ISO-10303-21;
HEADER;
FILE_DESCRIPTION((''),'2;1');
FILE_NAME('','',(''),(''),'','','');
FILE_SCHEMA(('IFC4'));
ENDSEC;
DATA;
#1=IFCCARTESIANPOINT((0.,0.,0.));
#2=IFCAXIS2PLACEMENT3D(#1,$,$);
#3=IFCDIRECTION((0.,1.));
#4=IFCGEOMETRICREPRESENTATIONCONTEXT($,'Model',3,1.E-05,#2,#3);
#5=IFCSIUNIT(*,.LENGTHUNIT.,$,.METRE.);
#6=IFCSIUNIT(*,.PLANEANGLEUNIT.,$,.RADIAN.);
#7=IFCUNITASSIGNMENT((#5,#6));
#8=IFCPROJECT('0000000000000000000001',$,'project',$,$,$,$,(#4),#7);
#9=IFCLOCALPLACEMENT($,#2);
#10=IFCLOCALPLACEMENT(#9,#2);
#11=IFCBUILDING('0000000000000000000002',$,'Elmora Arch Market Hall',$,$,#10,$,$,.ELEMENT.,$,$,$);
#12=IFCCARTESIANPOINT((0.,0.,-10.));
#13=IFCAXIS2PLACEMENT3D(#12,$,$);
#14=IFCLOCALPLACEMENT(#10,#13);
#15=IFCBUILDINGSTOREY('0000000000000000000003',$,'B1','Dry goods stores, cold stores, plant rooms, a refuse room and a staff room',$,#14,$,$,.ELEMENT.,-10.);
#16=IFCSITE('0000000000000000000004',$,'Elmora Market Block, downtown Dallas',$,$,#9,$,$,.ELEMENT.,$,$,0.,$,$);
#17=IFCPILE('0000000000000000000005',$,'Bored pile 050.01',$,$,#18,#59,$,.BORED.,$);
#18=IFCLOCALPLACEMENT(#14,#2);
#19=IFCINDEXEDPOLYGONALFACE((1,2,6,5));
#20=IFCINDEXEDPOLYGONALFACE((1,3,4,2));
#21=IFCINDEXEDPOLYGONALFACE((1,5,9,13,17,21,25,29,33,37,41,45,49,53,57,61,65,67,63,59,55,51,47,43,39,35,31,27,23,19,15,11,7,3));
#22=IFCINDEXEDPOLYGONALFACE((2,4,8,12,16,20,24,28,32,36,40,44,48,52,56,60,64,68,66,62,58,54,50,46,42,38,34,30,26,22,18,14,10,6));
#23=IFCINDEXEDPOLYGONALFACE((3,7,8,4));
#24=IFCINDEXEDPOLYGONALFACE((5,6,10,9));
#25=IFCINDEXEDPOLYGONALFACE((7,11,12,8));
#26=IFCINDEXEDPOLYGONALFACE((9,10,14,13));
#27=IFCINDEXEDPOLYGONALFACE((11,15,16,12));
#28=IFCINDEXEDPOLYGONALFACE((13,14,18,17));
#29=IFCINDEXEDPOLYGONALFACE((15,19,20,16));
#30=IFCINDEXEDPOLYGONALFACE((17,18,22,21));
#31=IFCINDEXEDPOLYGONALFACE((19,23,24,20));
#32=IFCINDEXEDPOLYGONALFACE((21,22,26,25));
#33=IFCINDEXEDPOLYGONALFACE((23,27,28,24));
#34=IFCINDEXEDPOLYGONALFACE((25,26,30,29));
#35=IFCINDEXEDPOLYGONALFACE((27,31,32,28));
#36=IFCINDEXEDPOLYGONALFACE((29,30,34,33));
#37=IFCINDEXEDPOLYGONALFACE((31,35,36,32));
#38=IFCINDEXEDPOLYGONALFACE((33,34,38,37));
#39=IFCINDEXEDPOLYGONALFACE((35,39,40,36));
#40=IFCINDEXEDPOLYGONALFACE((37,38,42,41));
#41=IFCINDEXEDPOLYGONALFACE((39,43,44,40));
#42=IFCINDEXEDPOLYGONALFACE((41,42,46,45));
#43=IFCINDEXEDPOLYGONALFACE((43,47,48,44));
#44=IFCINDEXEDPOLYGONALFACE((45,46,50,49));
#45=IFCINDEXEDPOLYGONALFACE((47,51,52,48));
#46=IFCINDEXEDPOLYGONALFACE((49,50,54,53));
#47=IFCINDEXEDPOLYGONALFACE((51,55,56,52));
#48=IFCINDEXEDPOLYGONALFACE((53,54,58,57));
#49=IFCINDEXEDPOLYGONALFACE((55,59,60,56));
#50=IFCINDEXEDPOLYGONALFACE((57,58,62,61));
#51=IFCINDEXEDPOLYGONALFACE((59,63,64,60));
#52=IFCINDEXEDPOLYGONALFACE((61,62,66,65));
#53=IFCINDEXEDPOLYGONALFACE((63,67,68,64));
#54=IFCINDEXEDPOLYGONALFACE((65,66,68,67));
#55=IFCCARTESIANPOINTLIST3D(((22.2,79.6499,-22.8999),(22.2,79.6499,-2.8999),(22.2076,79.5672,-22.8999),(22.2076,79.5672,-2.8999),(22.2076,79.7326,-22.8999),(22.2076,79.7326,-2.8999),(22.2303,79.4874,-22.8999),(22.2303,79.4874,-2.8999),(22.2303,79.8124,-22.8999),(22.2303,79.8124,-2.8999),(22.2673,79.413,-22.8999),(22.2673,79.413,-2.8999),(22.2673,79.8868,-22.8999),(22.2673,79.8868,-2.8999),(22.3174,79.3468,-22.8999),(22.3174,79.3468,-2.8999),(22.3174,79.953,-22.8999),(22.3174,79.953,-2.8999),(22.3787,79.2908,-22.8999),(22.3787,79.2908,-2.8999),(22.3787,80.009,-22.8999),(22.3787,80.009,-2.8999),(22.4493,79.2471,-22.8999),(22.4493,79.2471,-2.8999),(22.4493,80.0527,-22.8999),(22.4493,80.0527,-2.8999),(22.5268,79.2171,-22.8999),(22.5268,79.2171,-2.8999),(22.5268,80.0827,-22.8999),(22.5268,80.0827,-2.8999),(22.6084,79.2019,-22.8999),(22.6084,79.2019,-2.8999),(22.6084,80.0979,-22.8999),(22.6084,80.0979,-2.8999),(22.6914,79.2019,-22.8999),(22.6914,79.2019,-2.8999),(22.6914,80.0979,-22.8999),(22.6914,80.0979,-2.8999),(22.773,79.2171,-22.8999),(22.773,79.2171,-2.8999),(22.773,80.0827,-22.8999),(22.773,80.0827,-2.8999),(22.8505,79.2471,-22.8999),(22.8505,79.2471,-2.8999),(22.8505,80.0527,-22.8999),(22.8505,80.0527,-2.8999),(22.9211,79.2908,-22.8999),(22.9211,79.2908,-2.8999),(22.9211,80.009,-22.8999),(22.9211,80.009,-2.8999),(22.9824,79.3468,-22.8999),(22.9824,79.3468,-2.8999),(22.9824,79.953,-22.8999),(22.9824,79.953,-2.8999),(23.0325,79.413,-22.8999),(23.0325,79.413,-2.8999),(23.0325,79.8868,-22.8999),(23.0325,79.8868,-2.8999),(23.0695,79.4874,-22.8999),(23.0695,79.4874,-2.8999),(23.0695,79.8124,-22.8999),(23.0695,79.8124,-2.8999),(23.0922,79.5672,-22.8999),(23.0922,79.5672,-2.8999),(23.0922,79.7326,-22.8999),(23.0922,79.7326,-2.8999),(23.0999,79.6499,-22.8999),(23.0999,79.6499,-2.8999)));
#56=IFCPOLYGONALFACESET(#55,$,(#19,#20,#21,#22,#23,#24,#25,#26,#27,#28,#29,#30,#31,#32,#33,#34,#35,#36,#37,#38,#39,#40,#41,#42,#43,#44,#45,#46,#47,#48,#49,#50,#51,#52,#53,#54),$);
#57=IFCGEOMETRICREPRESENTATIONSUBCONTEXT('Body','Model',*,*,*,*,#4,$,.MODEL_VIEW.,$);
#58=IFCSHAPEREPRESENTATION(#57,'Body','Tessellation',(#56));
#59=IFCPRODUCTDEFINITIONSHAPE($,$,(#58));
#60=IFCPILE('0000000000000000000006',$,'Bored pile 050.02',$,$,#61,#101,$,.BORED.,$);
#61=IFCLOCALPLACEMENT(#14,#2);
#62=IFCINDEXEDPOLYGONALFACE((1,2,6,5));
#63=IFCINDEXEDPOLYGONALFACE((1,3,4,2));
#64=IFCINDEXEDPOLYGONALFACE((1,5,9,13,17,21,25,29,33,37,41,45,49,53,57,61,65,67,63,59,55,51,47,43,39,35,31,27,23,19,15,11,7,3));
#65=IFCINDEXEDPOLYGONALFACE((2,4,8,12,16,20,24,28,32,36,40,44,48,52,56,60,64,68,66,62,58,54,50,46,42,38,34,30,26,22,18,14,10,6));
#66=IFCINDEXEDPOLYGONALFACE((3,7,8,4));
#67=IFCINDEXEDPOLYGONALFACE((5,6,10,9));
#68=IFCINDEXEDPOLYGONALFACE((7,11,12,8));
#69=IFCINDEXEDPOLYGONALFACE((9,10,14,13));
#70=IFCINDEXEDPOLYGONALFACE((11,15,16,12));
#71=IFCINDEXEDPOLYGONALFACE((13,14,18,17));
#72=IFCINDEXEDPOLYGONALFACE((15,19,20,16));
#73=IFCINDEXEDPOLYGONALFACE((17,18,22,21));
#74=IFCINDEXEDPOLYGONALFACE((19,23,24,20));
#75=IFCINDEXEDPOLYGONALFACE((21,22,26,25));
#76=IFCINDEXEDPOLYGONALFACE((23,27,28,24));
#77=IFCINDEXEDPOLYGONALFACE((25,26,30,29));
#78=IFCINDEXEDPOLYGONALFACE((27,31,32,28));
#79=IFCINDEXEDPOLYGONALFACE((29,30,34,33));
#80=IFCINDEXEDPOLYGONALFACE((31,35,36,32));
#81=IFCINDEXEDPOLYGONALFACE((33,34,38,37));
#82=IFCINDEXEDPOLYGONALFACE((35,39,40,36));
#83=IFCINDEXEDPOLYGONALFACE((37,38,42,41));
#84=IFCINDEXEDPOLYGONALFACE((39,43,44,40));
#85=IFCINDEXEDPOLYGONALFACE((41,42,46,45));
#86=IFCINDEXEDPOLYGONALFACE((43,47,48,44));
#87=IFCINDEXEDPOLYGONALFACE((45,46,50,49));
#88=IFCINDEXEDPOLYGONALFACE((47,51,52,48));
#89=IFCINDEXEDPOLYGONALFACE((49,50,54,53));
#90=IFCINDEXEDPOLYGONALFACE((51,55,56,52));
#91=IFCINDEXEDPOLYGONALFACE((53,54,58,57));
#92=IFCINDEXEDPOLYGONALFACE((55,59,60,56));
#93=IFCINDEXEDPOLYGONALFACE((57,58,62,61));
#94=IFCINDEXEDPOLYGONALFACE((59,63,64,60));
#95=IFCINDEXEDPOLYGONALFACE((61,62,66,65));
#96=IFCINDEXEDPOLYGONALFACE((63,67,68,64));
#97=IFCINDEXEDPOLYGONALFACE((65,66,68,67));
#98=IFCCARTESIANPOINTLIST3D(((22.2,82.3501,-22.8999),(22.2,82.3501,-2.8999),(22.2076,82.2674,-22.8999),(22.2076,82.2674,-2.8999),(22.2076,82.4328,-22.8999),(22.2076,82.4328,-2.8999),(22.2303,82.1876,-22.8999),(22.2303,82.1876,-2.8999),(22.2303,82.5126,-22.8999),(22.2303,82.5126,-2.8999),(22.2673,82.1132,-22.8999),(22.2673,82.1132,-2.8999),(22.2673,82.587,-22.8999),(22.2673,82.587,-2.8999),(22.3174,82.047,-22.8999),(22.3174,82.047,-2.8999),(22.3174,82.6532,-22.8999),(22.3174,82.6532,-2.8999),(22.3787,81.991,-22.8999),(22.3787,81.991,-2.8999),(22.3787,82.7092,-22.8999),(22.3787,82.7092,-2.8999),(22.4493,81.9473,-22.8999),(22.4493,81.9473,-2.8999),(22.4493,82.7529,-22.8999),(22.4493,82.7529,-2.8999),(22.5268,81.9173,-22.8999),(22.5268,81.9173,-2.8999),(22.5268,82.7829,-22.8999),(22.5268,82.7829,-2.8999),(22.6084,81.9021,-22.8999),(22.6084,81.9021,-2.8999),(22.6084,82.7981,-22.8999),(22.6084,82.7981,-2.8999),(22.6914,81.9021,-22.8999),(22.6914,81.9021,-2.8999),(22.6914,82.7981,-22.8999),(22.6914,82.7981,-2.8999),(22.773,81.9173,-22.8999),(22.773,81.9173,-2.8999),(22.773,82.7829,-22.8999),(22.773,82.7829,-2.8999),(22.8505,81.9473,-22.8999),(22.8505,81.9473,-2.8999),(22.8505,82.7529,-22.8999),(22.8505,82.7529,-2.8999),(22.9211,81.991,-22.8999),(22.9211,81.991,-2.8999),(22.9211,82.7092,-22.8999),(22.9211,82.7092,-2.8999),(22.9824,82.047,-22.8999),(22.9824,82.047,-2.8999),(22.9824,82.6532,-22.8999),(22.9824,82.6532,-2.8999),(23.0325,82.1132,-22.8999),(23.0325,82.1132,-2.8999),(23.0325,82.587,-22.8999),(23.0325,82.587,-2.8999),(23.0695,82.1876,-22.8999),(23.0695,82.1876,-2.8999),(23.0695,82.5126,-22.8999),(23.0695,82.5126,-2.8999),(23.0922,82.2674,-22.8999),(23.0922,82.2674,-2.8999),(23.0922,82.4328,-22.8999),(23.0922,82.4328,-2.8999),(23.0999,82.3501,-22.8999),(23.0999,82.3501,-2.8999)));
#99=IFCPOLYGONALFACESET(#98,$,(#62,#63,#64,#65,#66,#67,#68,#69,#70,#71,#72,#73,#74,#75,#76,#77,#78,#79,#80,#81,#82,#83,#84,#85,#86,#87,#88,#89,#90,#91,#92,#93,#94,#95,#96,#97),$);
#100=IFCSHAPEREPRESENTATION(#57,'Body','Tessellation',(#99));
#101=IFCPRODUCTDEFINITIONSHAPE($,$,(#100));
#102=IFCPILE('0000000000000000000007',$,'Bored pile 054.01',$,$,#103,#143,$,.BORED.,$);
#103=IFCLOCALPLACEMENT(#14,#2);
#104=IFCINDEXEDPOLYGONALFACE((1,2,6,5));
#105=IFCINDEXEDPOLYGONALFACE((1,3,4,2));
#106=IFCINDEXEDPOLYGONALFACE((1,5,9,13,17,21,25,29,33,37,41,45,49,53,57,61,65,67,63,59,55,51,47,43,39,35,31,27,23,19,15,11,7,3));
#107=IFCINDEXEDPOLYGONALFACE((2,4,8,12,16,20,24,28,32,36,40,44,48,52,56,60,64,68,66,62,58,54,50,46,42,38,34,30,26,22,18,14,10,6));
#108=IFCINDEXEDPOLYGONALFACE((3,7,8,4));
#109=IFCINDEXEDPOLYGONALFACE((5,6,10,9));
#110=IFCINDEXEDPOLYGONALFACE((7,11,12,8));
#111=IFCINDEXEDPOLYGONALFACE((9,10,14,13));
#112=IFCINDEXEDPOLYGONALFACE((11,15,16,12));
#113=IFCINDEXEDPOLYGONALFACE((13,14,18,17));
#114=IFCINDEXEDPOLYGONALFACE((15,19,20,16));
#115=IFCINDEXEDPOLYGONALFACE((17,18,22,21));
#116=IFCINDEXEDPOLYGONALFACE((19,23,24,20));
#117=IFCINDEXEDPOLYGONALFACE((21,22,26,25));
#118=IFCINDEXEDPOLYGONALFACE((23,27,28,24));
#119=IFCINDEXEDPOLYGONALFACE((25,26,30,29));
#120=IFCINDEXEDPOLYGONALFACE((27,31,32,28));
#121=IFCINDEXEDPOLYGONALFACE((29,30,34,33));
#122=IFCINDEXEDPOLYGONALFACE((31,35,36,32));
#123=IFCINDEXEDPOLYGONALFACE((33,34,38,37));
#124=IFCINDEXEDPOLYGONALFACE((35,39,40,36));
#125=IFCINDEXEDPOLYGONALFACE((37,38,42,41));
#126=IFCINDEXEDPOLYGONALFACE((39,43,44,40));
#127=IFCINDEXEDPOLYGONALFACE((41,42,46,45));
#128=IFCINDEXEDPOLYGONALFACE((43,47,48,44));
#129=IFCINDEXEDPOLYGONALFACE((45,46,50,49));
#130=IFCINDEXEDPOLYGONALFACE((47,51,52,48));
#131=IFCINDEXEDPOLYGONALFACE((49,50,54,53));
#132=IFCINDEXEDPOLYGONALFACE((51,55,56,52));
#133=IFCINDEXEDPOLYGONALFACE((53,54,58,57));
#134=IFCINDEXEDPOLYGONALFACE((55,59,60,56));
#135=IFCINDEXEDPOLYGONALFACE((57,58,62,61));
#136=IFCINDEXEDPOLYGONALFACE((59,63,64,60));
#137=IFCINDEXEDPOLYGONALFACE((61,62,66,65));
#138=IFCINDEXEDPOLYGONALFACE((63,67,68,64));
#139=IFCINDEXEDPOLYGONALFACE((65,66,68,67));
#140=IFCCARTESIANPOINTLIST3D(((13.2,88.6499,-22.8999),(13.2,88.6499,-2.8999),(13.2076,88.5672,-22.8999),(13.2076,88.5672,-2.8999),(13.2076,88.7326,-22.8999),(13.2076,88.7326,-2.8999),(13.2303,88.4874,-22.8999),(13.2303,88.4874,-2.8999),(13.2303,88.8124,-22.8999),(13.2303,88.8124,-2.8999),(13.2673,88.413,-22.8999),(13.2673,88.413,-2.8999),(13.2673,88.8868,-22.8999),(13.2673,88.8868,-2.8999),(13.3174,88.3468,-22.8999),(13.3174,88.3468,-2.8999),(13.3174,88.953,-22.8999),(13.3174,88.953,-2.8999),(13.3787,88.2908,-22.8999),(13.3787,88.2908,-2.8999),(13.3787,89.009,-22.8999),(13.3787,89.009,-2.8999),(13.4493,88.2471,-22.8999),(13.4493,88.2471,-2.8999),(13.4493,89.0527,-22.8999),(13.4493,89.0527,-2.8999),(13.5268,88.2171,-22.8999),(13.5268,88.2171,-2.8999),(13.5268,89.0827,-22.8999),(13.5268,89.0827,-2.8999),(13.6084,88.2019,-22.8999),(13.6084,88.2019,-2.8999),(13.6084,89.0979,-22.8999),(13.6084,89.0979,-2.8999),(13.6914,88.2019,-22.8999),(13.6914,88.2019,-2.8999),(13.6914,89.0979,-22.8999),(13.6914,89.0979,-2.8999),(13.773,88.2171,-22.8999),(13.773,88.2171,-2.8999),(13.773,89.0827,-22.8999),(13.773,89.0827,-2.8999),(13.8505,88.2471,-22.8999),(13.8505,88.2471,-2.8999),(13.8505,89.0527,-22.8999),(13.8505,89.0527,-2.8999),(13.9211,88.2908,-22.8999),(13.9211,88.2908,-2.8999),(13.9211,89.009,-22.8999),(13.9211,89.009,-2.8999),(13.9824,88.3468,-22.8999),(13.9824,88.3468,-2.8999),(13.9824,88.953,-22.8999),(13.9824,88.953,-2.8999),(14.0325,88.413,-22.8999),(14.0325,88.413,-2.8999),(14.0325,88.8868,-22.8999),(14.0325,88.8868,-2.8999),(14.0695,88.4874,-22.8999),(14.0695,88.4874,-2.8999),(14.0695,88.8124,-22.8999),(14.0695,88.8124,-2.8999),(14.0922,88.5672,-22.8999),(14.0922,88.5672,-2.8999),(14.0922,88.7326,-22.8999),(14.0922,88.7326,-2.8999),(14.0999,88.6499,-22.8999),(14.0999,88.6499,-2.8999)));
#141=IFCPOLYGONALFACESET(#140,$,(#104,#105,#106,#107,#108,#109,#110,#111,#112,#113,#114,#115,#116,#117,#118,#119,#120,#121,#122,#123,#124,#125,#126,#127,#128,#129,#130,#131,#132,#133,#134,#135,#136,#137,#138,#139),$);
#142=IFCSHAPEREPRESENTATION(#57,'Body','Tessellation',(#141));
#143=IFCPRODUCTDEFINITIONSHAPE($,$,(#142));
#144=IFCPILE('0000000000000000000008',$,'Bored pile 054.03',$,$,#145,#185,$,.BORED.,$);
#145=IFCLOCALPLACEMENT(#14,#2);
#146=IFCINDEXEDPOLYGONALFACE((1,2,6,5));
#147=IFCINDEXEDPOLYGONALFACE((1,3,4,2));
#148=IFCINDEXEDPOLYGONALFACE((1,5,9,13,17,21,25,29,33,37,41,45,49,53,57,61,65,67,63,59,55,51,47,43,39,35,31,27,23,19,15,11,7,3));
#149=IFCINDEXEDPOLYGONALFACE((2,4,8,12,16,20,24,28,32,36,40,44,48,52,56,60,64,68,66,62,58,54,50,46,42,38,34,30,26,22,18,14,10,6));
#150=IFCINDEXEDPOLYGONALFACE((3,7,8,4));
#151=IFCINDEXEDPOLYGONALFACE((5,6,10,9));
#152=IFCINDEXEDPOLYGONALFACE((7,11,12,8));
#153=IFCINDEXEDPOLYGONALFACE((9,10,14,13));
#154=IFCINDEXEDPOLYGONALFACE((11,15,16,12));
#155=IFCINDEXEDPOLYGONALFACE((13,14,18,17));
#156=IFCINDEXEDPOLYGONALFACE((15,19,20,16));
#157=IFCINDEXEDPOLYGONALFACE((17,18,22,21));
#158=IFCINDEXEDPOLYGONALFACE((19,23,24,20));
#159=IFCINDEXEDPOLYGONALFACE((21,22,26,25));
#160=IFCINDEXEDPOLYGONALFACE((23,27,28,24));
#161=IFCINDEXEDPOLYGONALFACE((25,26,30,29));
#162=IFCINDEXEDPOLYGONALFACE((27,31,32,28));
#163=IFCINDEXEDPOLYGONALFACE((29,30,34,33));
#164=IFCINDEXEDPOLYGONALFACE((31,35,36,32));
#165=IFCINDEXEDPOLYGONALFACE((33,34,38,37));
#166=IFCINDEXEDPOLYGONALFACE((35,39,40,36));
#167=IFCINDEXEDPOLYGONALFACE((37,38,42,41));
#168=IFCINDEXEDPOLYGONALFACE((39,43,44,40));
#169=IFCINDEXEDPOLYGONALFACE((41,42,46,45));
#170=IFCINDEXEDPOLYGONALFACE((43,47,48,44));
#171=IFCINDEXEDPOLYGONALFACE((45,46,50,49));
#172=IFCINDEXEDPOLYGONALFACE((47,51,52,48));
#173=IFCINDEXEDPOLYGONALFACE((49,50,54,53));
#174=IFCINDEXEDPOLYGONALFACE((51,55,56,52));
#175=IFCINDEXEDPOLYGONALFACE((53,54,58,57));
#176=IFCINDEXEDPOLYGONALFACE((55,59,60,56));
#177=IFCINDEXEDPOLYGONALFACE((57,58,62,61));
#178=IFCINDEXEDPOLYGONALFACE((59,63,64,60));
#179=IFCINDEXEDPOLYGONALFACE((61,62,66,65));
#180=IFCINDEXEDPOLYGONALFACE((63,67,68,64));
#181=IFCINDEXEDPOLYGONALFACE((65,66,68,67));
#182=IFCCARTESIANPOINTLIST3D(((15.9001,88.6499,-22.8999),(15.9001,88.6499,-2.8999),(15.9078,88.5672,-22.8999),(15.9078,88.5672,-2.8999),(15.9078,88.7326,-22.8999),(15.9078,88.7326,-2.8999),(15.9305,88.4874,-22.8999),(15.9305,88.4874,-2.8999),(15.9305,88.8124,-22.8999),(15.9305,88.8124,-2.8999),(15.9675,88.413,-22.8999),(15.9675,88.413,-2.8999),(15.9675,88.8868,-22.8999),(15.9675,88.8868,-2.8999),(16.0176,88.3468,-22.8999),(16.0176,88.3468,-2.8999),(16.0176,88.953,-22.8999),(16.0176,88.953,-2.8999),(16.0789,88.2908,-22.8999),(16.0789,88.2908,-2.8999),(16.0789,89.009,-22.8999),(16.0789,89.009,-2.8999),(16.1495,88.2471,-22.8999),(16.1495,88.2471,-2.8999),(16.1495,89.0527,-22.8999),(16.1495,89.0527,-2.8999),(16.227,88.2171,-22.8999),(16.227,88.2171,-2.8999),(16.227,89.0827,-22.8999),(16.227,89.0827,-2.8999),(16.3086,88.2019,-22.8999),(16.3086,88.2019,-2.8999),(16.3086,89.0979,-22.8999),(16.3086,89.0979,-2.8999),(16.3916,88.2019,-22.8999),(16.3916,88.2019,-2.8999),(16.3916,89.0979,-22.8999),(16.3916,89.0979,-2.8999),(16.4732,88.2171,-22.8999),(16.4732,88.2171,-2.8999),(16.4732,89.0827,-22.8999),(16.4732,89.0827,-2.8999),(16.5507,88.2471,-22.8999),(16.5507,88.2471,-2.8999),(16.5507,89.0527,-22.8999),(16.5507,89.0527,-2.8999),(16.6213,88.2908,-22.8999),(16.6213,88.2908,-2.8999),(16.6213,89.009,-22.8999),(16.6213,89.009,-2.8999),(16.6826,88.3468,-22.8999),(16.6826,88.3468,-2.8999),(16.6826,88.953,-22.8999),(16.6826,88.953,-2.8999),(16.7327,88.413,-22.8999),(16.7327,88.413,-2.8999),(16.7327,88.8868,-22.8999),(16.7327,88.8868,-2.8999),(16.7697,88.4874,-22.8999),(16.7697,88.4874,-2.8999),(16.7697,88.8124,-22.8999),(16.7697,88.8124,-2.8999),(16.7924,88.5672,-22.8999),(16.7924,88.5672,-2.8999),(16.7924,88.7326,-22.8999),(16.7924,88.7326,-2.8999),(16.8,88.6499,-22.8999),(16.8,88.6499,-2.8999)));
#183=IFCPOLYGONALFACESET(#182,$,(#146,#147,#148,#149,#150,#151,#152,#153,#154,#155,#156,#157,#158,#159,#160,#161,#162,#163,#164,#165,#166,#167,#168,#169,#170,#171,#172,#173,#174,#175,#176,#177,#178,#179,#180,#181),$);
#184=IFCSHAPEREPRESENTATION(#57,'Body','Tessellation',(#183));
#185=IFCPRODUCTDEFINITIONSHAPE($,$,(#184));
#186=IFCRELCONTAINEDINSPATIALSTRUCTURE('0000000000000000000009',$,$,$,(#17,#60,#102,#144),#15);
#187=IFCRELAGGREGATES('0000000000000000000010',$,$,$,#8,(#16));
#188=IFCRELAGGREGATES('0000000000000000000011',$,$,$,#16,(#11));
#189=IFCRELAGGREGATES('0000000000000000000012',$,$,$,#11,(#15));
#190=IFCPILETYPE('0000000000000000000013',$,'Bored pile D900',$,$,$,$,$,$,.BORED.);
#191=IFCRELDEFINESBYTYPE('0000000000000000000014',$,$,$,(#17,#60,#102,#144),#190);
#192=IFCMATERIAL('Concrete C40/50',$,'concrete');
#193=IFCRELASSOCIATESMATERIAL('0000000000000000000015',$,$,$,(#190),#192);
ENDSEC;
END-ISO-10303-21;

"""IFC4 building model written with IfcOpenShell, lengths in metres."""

from ifc_helpers import new_model, si_unit, direction, frame, origin, origin_2d, place, context, subcontext, project, spatial, circle, extrude, material, material_profile, profile_set, type_object, element, save


model = new_model("IFC4")

# Units and contexts
model_context = context("Model", 3, precision=1e-05, world=origin(), true_north=direction((0.0, 1.0)))
body_context = subcontext(model_context, "Body", "Model", "MODEL_VIEW")
ifc_project = project(units=[si_unit("LENGTHUNIT", "METRE"), si_unit("PLANEANGLEUNIT", "RADIAN")], contexts=[model_context])

# Site, building, storey
site_placement = place(None, origin())
site = spatial("IfcSite", under=ifc_project, at=site_placement, Name="Elmora Market Block, downtown Dallas", CompositionType="ELEMENT", RefElevation=0.0)
building_placement = place(site_placement, origin())
building = spatial("IfcBuilding", under=site, at=building_placement, Name="Elmora Arch Market Hall", CompositionType="ELEMENT")
storey_placement = place(building_placement, frame((0.0, 0.0, -10.0)))
storey = spatial("IfcBuildingStorey", under=building, at=storey_placement, Name="B1", Description="Dry goods stores, cold stores, plant rooms, a refuse room and a staff room", CompositionType="ELEMENT", Elevation=-10.0)

# Piles
ifc_material_1 = material(Name="Concrete C40/50", Category="concrete")
ifc_material_profile_1 = material_profile(ifc_material_1, circle(Radius=0.45, at=origin_2d()), Name="Bored pile D900")
ifc_profile_set_1 = profile_set([ifc_material_profile_1], Name="Concrete C40/50")
pile_type = type_object("IfcPileType", Name="Bored pile D900", PredefinedType="BORED", material=ifc_profile_set_1)
for number, where, z_axis, x_axis, name in (
    (1, (22.6499, 79.6499, -2.8999), (0.0, 0.0, -1.0), (1.0, 0.0, 0.0), "Bored pile 050.01"),
    (2, (22.6499, 82.3501, -2.8999), (0.0, 0.0, -1.0), (1.0, 0.0, 0.0), "Bored pile 050.02"),
    (3, (13.6499, 88.6499, -2.8999), (0.0, 0.0, -1.0), (1.0, 0.0, 0.0), "Bored pile 054.01"),
    (4, (16.3501, 88.6499, -2.8999), (0.0, 0.0, -1.0), (1.0, 0.0, 0.0), "Bored pile 054.03"),
):
    element("IfcPile", number, at=place(storey_placement, frame(where, z_axis=z_axis, x_axis=x_axis)), inside=storey, type_object=pile_type, Name=name, PredefinedType="BORED", context=body_context, shape_type="SweptSolid", body=[
        extrude(circle(Radius=0.45, at=origin_2d()), origin(), (0.0, 0.0, 1.0), 20.0),
    ])

save(model, "model.ifc")
